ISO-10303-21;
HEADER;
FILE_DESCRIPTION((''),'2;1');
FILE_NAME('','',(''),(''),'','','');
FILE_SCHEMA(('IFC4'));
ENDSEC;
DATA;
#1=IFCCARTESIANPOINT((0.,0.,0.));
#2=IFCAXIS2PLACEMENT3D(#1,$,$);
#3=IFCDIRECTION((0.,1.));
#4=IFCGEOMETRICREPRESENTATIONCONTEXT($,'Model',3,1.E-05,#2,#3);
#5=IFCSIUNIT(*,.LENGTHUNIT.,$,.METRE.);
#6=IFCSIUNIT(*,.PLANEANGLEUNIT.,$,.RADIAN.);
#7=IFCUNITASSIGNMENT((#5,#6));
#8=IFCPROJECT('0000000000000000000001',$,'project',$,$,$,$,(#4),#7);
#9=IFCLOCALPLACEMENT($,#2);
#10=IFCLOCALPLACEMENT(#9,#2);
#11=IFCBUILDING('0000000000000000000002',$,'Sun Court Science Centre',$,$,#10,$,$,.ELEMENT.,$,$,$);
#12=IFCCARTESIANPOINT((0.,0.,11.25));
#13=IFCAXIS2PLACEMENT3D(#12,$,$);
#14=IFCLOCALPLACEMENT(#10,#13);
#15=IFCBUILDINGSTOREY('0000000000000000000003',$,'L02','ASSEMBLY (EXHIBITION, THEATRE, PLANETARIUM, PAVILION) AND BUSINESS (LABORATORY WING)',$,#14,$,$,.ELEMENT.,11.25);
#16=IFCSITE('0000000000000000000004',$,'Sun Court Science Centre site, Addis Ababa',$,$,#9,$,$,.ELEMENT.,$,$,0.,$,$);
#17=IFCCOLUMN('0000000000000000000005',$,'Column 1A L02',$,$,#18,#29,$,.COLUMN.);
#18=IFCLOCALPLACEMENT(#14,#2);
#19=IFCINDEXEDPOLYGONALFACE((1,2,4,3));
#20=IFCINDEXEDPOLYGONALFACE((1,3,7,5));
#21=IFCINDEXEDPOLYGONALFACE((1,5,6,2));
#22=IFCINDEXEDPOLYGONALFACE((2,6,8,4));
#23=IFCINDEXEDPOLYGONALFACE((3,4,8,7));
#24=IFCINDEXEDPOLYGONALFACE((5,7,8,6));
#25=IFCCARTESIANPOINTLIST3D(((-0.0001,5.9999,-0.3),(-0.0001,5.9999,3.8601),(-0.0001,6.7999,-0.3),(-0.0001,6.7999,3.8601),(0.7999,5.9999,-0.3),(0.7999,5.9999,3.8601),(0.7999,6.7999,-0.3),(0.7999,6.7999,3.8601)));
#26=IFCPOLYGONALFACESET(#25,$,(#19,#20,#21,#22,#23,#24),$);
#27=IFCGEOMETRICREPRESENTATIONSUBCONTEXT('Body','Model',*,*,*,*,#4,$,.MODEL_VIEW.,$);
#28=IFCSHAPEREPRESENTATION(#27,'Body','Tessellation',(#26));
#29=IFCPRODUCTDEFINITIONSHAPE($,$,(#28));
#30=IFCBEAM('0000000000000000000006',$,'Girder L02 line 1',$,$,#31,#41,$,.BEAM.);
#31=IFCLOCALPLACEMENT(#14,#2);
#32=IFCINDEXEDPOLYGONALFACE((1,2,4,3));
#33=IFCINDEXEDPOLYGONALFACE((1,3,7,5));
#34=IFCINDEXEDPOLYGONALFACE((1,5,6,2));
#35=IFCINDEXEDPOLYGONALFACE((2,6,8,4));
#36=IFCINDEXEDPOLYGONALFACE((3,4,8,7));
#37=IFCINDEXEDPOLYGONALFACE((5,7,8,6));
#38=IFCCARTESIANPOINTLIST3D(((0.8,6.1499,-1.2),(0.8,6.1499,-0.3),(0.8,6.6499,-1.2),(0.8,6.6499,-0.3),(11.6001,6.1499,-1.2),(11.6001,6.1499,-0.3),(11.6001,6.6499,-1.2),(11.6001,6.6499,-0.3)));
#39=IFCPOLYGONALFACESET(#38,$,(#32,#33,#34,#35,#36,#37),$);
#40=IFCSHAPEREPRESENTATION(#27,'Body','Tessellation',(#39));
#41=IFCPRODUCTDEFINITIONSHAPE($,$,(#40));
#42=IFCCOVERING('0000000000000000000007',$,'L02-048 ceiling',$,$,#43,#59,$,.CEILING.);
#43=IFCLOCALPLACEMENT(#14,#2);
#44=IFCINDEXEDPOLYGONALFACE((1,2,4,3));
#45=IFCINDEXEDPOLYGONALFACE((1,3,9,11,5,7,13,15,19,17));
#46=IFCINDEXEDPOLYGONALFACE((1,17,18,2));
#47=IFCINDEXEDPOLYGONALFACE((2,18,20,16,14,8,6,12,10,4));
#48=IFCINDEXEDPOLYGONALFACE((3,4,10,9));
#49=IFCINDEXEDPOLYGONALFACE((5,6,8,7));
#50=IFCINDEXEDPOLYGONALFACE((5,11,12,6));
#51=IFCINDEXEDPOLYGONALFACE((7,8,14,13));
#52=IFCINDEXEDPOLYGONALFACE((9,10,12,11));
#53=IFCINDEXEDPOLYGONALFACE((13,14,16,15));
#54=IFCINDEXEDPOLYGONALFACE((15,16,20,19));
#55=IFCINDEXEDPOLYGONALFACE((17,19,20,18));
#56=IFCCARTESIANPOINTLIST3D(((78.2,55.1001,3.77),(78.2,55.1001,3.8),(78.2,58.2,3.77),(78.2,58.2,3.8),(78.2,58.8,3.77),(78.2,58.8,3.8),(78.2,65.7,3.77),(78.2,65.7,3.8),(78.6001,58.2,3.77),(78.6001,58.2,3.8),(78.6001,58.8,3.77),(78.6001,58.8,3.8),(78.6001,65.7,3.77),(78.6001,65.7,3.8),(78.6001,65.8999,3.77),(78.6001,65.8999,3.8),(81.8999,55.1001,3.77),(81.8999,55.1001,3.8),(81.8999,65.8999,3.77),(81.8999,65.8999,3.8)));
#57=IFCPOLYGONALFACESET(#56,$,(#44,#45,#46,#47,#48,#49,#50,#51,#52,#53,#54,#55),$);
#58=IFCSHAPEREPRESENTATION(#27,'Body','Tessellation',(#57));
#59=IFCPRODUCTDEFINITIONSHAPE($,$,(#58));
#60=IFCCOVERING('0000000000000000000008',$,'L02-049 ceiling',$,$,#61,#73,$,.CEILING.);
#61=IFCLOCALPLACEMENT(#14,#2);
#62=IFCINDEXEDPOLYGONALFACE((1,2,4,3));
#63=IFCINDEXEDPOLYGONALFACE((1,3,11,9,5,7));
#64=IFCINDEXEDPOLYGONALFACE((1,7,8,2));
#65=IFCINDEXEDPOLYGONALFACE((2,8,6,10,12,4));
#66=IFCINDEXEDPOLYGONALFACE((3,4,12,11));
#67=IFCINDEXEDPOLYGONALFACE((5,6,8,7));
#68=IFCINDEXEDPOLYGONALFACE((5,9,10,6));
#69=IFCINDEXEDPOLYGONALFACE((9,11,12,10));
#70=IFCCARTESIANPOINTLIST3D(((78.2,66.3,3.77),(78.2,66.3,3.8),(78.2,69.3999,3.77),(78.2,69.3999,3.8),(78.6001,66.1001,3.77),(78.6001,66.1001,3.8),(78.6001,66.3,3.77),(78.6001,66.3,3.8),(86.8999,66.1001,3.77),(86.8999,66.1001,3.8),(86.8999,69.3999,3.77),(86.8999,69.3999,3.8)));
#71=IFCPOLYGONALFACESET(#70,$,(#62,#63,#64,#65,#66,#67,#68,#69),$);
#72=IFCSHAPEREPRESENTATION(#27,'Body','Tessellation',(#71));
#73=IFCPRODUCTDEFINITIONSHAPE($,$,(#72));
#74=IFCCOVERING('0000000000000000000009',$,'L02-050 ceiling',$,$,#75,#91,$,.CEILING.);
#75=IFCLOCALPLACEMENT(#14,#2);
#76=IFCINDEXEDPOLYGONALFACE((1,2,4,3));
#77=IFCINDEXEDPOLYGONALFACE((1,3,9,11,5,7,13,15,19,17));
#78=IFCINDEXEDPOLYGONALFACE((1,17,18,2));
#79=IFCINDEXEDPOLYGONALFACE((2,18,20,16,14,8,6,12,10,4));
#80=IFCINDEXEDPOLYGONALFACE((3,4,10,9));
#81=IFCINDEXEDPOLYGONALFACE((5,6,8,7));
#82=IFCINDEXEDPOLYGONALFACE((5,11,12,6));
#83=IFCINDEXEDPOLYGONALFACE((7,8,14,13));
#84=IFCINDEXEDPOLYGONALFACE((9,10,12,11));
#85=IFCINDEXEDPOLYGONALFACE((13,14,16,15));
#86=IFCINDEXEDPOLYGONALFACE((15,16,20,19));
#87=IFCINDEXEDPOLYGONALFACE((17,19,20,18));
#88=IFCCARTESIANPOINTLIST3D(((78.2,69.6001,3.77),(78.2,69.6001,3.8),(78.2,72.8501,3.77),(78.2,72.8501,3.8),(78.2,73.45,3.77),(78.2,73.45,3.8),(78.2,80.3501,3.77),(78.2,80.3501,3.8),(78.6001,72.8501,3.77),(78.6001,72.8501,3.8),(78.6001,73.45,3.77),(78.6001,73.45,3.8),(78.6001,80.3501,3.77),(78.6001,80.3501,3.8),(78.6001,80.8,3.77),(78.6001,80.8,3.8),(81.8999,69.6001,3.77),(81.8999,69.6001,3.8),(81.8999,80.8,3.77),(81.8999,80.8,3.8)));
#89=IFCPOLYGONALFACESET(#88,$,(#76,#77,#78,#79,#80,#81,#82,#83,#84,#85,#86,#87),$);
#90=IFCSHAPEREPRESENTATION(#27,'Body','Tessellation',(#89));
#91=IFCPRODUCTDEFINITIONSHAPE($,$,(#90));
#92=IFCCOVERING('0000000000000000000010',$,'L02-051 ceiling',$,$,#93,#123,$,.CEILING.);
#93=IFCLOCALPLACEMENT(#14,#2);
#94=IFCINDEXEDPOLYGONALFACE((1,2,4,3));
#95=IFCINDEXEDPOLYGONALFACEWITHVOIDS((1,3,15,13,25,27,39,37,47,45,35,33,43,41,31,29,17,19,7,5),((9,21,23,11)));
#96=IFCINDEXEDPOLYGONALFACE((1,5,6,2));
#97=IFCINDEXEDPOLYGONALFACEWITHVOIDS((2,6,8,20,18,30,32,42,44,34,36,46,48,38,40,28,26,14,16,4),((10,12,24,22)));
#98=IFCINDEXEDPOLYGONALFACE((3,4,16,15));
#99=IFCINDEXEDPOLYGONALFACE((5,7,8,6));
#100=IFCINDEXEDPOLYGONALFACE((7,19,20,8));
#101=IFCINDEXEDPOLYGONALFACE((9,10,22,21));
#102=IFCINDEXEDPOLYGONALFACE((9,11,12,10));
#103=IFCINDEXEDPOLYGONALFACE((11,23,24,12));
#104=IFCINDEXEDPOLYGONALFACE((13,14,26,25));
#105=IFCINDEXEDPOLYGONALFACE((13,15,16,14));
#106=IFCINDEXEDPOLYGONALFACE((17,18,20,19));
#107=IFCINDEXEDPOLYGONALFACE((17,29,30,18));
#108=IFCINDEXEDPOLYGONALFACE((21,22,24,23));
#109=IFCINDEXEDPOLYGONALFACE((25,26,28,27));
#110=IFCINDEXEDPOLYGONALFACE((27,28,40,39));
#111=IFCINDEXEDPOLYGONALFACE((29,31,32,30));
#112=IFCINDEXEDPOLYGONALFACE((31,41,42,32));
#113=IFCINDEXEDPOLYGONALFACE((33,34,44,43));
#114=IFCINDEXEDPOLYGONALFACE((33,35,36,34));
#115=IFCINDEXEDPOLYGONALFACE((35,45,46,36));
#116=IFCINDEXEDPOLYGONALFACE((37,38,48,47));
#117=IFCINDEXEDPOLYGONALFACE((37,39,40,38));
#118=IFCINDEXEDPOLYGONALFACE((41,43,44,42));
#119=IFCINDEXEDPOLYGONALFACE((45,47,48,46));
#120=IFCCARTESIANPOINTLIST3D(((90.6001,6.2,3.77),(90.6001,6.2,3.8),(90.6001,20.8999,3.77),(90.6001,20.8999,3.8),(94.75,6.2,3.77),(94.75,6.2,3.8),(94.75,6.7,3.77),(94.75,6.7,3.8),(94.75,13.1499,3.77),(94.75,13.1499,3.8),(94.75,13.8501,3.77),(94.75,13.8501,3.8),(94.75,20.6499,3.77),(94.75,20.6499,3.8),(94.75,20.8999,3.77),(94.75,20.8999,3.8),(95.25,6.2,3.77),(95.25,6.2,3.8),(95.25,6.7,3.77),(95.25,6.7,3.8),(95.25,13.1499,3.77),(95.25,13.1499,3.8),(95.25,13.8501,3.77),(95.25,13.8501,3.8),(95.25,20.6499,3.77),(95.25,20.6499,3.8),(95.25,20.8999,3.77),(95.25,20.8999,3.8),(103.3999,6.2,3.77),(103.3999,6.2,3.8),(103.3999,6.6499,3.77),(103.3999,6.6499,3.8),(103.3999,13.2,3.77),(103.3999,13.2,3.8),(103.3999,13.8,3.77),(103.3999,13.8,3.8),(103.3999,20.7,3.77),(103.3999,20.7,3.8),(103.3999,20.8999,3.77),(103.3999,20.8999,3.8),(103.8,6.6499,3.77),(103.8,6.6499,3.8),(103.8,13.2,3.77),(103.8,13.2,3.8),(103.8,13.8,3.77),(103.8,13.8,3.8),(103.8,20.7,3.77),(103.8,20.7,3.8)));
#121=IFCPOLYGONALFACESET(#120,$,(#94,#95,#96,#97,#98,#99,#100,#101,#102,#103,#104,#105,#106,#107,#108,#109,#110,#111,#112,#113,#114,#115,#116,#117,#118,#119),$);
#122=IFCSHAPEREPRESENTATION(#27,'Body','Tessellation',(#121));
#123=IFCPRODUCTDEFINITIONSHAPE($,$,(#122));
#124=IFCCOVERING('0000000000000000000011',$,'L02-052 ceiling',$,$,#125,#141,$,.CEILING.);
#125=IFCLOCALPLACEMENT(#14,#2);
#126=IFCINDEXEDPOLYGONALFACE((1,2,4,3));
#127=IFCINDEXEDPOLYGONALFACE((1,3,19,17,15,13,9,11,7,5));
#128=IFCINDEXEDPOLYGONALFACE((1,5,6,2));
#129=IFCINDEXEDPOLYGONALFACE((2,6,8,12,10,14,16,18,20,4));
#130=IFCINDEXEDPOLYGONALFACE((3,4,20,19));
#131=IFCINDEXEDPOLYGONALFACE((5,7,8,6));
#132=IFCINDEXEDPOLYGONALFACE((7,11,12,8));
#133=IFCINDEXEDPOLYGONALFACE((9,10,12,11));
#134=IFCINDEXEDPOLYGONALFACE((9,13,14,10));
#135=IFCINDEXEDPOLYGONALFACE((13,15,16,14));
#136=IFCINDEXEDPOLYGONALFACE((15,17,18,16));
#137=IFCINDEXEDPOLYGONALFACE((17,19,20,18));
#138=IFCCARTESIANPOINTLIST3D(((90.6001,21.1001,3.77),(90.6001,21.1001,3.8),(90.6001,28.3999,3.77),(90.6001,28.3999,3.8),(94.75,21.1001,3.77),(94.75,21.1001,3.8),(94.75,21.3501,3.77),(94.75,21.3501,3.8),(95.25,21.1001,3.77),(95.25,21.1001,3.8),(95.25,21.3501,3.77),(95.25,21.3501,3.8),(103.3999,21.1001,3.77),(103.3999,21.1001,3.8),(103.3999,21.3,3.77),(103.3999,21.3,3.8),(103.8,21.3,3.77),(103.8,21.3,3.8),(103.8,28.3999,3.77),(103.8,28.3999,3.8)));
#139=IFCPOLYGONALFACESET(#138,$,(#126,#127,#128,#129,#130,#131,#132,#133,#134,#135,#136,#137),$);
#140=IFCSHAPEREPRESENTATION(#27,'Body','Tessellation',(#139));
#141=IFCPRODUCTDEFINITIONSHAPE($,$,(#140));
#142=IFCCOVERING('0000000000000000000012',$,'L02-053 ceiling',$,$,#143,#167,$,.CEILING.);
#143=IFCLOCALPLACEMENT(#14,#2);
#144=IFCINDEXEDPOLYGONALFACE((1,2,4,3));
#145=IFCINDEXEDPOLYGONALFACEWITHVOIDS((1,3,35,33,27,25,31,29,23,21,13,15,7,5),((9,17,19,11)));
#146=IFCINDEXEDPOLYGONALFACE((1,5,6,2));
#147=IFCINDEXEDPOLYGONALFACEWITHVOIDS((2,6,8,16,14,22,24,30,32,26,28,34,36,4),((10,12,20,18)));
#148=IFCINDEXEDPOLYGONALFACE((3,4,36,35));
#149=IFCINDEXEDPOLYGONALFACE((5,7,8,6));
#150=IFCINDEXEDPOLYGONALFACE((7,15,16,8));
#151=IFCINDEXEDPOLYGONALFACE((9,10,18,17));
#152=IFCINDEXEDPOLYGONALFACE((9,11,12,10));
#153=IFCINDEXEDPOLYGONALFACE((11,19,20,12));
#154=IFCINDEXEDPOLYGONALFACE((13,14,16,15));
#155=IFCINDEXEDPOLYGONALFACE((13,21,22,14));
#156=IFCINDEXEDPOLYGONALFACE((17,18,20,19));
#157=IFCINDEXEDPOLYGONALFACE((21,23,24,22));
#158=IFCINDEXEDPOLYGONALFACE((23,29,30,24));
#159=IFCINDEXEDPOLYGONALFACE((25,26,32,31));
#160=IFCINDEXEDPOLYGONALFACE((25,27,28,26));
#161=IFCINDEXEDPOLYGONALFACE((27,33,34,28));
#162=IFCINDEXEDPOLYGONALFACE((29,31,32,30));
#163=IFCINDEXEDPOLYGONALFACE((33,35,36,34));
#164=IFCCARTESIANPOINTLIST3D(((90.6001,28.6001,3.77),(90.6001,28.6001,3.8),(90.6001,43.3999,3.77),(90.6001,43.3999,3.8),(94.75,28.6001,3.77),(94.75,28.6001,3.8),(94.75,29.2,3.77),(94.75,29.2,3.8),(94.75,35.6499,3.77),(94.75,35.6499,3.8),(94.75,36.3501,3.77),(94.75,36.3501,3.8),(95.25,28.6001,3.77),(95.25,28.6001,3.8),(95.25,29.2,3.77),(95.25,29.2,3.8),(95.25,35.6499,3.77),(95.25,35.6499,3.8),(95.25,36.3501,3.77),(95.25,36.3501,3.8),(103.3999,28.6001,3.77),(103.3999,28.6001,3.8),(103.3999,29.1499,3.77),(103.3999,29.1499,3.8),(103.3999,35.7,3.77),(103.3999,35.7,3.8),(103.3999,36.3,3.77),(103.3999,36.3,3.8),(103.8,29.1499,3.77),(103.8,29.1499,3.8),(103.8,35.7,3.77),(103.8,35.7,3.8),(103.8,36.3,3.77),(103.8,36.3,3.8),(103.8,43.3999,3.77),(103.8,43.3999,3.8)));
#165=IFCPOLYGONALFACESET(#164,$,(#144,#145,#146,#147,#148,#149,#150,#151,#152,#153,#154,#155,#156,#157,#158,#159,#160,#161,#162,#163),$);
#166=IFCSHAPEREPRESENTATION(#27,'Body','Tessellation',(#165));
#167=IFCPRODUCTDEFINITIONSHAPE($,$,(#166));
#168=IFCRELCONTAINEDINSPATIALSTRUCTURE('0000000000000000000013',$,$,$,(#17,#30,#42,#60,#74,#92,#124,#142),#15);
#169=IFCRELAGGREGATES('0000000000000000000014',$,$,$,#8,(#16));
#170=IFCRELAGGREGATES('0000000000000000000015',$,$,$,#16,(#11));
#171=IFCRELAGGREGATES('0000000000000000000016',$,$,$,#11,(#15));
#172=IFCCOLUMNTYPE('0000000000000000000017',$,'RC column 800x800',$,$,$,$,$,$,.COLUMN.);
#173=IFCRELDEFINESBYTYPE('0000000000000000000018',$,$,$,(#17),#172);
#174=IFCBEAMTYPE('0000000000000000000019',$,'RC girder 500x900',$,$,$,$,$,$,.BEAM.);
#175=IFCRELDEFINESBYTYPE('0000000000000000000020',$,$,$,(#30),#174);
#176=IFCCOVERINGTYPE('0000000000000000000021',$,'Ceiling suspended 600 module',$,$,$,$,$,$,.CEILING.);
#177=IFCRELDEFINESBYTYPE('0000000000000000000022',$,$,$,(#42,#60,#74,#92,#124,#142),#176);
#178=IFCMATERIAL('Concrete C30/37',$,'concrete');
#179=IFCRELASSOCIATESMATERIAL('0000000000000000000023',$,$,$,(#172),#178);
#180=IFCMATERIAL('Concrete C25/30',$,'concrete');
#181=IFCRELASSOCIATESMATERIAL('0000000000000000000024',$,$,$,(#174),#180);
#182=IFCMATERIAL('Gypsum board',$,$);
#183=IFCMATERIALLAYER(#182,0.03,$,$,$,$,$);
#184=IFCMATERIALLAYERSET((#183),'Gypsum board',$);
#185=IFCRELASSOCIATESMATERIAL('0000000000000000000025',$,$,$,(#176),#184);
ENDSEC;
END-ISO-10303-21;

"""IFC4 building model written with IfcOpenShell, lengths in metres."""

from ifc_helpers import new_model, si_unit, direction, frame, origin, origin_2d, place, context, subcontext, project, spatial, polyline, rectangle, outline, extrude, material, layer, layer_set, material_profile, profile_set, type_object, element, save


model = new_model("IFC4")

# Units and contexts
model_context = context("Model", 3, precision=1e-05, world=origin(), true_north=direction((0.0, 1.0)))
body_context = subcontext(model_context, "Body", "Model", "MODEL_VIEW")
ifc_project = project(units=[si_unit("LENGTHUNIT", "METRE"), si_unit("PLANEANGLEUNIT", "RADIAN")], contexts=[model_context])

# Site, building, storey
site_placement = place(None, origin())
site = spatial("IfcSite", under=ifc_project, at=site_placement, Name="Sun Court Science Centre site, Addis Ababa", CompositionType="ELEMENT", RefElevation=0.0)
building_placement = place(site_placement, origin())
building = spatial("IfcBuilding", under=site, at=building_placement, Name="Sun Court Science Centre", CompositionType="ELEMENT")
storey_placement = place(building_placement, frame((0.0, 0.0, 11.25)))
storey = spatial("IfcBuildingStorey", under=building, at=storey_placement, Name="L02", Description="ASSEMBLY (EXHIBITION, THEATRE, PLANETARIUM, PAVILION) AND BUSINESS (LABORATORY WING)", CompositionType="ELEMENT", Elevation=11.25)

# Column
ifc_material_1 = material(Name="Concrete C30/37", Category="concrete")
ifc_material_profile_1 = material_profile(ifc_material_1, rectangle(XDim=0.8, YDim=0.8, at=origin_2d()), Name="RC 800x800")
ifc_profile_set_1 = profile_set([ifc_material_profile_1], Name="Concrete C30/37")
column_type = type_object("IfcColumnType", Name="RC column 800x800", PredefinedType="COLUMN", material=ifc_profile_set_1)
column_placement = place(storey_placement, frame((0.3999, 6.3999, -0.3), z_axis=(0.0, 0.0, 1.0), x_axis=(1.0, 0.0, 0.0)))
element("IfcColumn", 1, at=column_placement, inside=storey, type_object=column_type, Name="Column 1A L02", PredefinedType="COLUMN", context=body_context, shape_type="SweptSolid", body=[
    extrude(rectangle(XDim=0.8, YDim=0.8, at=origin_2d()), origin(), (0.0, 0.0, 1.0), 4.1602),
])

# Beam
ifc_material_2 = material(Name="Concrete C25/30", Category="concrete")
ifc_material_profile_2 = material_profile(ifc_material_2, rectangle(XDim=0.5, YDim=0.8999, at=origin_2d()), Name="RC 500x900")
ifc_profile_set_2 = profile_set([ifc_material_profile_2], Name="Concrete C25/30")
beam_type = type_object("IfcBeamType", Name="RC girder 500x900", PredefinedType="BEAM", material=ifc_profile_set_2)
beam_placement = place(storey_placement, frame((0.8, 6.3999, -0.75), z_axis=(1.0, 0.0, 0.0), x_axis=(0.0, 1.0, 0.0)))
element("IfcBeam", 2, at=beam_placement, inside=storey, type_object=beam_type, Name="Girder L02 line 1", PredefinedType="BEAM", context=body_context, shape_type="SweptSolid", body=[
    extrude(rectangle(XDim=0.5, YDim=0.8999, at=origin_2d()), origin(), (0.0, 0.0, 1.0), 10.8),
])

# Coverings
ifc_material_3 = material(Name="Gypsum board")
ifc_layer_1 = layer(ifc_material_3, 0.03)
ifc_layer_set_1 = layer_set([ifc_layer_1], Name="Gypsum board")
covering_type_1 = type_object("IfcCoveringType", Name="Ceiling suspended 600 module", PredefinedType="CEILING", material=ifc_layer_set_1)
covering_1_placement = place(storey_placement, frame((0.0, 0.0, 3.77)))
element("IfcCovering", 3, at=covering_1_placement, inside=storey, type_object=covering_type_1, Name="L02-048 ceiling", PredefinedType="CEILING", context=body_context, shape_type="SweptSolid", body=[
    extrude(outline(polyline([(78.6001, 65.8999), (81.8999, 65.8999), (81.8999, 55.1001), (78.2, 55.1001), (78.2, 58.2), (78.6001, 58.2), (78.6001, 58.8), (78.2, 58.8), (78.2, 65.7), (78.6001, 65.7), (78.6001, 65.8999)])), origin(), (0.0, 0.0, 1.0), 0.03),
])
covering_2_placement = place(storey_placement, frame((0.0, 0.0, 3.77)))
element("IfcCovering", 4, at=covering_2_placement, inside=storey, type_object=covering_type_1, Name="L02-049 ceiling", PredefinedType="CEILING", context=body_context, shape_type="SweptSolid", body=[
    extrude(outline(polyline([(78.2, 69.3999), (86.8999, 69.3999), (86.8999, 66.1001), (78.6001, 66.1001), (78.6001, 66.3), (78.2, 66.3), (78.2, 69.3999)])), origin(), (0.0, 0.0, 1.0), 0.03),
])
covering_3_placement = place(storey_placement, frame((0.0, 0.0, 3.77)))
element("IfcCovering", 5, at=covering_3_placement, inside=storey, type_object=covering_type_1, Name="L02-050 ceiling", PredefinedType="CEILING", context=body_context, shape_type="SweptSolid", body=[
    extrude(outline(polyline([(78.6001, 80.8), (81.8999, 80.8), (81.8999, 69.6001), (78.2, 69.6001), (78.2, 72.8501), (78.6001, 72.8501), (78.6001, 73.45), (78.2, 73.45), (78.2, 80.3501), (78.6001, 80.3501), (78.6001, 80.8)])), origin(), (0.0, 0.0, 1.0), 0.03),
])
covering_4_placement = place(storey_placement, frame((0.0, 0.0, 3.77)))
element("IfcCovering", 6, at=covering_4_placement, inside=storey, type_object=covering_type_1, Name="L02-051 ceiling", PredefinedType="CEILING", context=body_context, shape_type="SweptSolid", body=[
    extrude(outline(polyline([(95.25, 6.2), (95.25, 6.7), (94.75, 6.7), (94.75, 6.2), (90.6001, 6.2), (90.6001, 20.8999), (94.75, 20.8999), (94.75, 20.6499), (95.25, 20.6499), (95.25, 20.8999), (103.3999, 20.8999), (103.3999, 20.7), (103.8, 20.7), (103.8, 13.8), (103.3999, 13.8), (103.3999, 13.2), (103.8, 13.2), (103.8, 6.6499), (103.3999, 6.6499), (103.3999, 6.2), (95.25, 6.2)]), holes=[polyline([(95.25, 13.1499), (95.25, 13.8501), (94.75, 13.8501), (94.75, 13.1499), (95.25, 13.1499)])]), origin(), (0.0, 0.0, 1.0), 0.03),
])
covering_5_placement = place(storey_placement, frame((0.0, 0.0, 3.77)))
element("IfcCovering", 7, at=covering_5_placement, inside=storey, type_object=covering_type_1, Name="L02-052 ceiling", PredefinedType="CEILING", context=body_context, shape_type="SweptSolid", body=[
    extrude(outline(polyline([(103.3999, 21.1001), (95.25, 21.1001), (95.25, 21.3501), (94.75, 21.3501), (94.75, 21.1001), (90.6001, 21.1001), (90.6001, 28.3999), (103.8, 28.3999), (103.8, 21.3), (103.3999, 21.3), (103.3999, 21.1001)])), origin(), (0.0, 0.0, 1.0), 0.03),
])
covering_6_placement = place(storey_placement, frame((0.0, 0.0, 3.77)))
element("IfcCovering", 8, at=covering_6_placement, inside=storey, type_object=covering_type_1, Name="L02-053 ceiling", PredefinedType="CEILING", context=body_context, shape_type="SweptSolid", body=[
    extrude(outline(polyline([(95.25, 28.6001), (95.25, 29.2), (94.75, 29.2), (94.75, 28.6001), (90.6001, 28.6001), (90.6001, 43.3999), (103.8, 43.3999), (103.8, 36.3), (103.3999, 36.3), (103.3999, 35.7), (103.8, 35.7), (103.8, 29.1499), (103.3999, 29.1499), (103.3999, 28.6001), (95.25, 28.6001)]), holes=[polyline([(95.25, 35.6499), (95.25, 36.3501), (94.75, 36.3501), (94.75, 35.6499), (95.25, 35.6499)])]), origin(), (0.0, 0.0, 1.0), 0.03),
])

save(model, "model.ifc")
